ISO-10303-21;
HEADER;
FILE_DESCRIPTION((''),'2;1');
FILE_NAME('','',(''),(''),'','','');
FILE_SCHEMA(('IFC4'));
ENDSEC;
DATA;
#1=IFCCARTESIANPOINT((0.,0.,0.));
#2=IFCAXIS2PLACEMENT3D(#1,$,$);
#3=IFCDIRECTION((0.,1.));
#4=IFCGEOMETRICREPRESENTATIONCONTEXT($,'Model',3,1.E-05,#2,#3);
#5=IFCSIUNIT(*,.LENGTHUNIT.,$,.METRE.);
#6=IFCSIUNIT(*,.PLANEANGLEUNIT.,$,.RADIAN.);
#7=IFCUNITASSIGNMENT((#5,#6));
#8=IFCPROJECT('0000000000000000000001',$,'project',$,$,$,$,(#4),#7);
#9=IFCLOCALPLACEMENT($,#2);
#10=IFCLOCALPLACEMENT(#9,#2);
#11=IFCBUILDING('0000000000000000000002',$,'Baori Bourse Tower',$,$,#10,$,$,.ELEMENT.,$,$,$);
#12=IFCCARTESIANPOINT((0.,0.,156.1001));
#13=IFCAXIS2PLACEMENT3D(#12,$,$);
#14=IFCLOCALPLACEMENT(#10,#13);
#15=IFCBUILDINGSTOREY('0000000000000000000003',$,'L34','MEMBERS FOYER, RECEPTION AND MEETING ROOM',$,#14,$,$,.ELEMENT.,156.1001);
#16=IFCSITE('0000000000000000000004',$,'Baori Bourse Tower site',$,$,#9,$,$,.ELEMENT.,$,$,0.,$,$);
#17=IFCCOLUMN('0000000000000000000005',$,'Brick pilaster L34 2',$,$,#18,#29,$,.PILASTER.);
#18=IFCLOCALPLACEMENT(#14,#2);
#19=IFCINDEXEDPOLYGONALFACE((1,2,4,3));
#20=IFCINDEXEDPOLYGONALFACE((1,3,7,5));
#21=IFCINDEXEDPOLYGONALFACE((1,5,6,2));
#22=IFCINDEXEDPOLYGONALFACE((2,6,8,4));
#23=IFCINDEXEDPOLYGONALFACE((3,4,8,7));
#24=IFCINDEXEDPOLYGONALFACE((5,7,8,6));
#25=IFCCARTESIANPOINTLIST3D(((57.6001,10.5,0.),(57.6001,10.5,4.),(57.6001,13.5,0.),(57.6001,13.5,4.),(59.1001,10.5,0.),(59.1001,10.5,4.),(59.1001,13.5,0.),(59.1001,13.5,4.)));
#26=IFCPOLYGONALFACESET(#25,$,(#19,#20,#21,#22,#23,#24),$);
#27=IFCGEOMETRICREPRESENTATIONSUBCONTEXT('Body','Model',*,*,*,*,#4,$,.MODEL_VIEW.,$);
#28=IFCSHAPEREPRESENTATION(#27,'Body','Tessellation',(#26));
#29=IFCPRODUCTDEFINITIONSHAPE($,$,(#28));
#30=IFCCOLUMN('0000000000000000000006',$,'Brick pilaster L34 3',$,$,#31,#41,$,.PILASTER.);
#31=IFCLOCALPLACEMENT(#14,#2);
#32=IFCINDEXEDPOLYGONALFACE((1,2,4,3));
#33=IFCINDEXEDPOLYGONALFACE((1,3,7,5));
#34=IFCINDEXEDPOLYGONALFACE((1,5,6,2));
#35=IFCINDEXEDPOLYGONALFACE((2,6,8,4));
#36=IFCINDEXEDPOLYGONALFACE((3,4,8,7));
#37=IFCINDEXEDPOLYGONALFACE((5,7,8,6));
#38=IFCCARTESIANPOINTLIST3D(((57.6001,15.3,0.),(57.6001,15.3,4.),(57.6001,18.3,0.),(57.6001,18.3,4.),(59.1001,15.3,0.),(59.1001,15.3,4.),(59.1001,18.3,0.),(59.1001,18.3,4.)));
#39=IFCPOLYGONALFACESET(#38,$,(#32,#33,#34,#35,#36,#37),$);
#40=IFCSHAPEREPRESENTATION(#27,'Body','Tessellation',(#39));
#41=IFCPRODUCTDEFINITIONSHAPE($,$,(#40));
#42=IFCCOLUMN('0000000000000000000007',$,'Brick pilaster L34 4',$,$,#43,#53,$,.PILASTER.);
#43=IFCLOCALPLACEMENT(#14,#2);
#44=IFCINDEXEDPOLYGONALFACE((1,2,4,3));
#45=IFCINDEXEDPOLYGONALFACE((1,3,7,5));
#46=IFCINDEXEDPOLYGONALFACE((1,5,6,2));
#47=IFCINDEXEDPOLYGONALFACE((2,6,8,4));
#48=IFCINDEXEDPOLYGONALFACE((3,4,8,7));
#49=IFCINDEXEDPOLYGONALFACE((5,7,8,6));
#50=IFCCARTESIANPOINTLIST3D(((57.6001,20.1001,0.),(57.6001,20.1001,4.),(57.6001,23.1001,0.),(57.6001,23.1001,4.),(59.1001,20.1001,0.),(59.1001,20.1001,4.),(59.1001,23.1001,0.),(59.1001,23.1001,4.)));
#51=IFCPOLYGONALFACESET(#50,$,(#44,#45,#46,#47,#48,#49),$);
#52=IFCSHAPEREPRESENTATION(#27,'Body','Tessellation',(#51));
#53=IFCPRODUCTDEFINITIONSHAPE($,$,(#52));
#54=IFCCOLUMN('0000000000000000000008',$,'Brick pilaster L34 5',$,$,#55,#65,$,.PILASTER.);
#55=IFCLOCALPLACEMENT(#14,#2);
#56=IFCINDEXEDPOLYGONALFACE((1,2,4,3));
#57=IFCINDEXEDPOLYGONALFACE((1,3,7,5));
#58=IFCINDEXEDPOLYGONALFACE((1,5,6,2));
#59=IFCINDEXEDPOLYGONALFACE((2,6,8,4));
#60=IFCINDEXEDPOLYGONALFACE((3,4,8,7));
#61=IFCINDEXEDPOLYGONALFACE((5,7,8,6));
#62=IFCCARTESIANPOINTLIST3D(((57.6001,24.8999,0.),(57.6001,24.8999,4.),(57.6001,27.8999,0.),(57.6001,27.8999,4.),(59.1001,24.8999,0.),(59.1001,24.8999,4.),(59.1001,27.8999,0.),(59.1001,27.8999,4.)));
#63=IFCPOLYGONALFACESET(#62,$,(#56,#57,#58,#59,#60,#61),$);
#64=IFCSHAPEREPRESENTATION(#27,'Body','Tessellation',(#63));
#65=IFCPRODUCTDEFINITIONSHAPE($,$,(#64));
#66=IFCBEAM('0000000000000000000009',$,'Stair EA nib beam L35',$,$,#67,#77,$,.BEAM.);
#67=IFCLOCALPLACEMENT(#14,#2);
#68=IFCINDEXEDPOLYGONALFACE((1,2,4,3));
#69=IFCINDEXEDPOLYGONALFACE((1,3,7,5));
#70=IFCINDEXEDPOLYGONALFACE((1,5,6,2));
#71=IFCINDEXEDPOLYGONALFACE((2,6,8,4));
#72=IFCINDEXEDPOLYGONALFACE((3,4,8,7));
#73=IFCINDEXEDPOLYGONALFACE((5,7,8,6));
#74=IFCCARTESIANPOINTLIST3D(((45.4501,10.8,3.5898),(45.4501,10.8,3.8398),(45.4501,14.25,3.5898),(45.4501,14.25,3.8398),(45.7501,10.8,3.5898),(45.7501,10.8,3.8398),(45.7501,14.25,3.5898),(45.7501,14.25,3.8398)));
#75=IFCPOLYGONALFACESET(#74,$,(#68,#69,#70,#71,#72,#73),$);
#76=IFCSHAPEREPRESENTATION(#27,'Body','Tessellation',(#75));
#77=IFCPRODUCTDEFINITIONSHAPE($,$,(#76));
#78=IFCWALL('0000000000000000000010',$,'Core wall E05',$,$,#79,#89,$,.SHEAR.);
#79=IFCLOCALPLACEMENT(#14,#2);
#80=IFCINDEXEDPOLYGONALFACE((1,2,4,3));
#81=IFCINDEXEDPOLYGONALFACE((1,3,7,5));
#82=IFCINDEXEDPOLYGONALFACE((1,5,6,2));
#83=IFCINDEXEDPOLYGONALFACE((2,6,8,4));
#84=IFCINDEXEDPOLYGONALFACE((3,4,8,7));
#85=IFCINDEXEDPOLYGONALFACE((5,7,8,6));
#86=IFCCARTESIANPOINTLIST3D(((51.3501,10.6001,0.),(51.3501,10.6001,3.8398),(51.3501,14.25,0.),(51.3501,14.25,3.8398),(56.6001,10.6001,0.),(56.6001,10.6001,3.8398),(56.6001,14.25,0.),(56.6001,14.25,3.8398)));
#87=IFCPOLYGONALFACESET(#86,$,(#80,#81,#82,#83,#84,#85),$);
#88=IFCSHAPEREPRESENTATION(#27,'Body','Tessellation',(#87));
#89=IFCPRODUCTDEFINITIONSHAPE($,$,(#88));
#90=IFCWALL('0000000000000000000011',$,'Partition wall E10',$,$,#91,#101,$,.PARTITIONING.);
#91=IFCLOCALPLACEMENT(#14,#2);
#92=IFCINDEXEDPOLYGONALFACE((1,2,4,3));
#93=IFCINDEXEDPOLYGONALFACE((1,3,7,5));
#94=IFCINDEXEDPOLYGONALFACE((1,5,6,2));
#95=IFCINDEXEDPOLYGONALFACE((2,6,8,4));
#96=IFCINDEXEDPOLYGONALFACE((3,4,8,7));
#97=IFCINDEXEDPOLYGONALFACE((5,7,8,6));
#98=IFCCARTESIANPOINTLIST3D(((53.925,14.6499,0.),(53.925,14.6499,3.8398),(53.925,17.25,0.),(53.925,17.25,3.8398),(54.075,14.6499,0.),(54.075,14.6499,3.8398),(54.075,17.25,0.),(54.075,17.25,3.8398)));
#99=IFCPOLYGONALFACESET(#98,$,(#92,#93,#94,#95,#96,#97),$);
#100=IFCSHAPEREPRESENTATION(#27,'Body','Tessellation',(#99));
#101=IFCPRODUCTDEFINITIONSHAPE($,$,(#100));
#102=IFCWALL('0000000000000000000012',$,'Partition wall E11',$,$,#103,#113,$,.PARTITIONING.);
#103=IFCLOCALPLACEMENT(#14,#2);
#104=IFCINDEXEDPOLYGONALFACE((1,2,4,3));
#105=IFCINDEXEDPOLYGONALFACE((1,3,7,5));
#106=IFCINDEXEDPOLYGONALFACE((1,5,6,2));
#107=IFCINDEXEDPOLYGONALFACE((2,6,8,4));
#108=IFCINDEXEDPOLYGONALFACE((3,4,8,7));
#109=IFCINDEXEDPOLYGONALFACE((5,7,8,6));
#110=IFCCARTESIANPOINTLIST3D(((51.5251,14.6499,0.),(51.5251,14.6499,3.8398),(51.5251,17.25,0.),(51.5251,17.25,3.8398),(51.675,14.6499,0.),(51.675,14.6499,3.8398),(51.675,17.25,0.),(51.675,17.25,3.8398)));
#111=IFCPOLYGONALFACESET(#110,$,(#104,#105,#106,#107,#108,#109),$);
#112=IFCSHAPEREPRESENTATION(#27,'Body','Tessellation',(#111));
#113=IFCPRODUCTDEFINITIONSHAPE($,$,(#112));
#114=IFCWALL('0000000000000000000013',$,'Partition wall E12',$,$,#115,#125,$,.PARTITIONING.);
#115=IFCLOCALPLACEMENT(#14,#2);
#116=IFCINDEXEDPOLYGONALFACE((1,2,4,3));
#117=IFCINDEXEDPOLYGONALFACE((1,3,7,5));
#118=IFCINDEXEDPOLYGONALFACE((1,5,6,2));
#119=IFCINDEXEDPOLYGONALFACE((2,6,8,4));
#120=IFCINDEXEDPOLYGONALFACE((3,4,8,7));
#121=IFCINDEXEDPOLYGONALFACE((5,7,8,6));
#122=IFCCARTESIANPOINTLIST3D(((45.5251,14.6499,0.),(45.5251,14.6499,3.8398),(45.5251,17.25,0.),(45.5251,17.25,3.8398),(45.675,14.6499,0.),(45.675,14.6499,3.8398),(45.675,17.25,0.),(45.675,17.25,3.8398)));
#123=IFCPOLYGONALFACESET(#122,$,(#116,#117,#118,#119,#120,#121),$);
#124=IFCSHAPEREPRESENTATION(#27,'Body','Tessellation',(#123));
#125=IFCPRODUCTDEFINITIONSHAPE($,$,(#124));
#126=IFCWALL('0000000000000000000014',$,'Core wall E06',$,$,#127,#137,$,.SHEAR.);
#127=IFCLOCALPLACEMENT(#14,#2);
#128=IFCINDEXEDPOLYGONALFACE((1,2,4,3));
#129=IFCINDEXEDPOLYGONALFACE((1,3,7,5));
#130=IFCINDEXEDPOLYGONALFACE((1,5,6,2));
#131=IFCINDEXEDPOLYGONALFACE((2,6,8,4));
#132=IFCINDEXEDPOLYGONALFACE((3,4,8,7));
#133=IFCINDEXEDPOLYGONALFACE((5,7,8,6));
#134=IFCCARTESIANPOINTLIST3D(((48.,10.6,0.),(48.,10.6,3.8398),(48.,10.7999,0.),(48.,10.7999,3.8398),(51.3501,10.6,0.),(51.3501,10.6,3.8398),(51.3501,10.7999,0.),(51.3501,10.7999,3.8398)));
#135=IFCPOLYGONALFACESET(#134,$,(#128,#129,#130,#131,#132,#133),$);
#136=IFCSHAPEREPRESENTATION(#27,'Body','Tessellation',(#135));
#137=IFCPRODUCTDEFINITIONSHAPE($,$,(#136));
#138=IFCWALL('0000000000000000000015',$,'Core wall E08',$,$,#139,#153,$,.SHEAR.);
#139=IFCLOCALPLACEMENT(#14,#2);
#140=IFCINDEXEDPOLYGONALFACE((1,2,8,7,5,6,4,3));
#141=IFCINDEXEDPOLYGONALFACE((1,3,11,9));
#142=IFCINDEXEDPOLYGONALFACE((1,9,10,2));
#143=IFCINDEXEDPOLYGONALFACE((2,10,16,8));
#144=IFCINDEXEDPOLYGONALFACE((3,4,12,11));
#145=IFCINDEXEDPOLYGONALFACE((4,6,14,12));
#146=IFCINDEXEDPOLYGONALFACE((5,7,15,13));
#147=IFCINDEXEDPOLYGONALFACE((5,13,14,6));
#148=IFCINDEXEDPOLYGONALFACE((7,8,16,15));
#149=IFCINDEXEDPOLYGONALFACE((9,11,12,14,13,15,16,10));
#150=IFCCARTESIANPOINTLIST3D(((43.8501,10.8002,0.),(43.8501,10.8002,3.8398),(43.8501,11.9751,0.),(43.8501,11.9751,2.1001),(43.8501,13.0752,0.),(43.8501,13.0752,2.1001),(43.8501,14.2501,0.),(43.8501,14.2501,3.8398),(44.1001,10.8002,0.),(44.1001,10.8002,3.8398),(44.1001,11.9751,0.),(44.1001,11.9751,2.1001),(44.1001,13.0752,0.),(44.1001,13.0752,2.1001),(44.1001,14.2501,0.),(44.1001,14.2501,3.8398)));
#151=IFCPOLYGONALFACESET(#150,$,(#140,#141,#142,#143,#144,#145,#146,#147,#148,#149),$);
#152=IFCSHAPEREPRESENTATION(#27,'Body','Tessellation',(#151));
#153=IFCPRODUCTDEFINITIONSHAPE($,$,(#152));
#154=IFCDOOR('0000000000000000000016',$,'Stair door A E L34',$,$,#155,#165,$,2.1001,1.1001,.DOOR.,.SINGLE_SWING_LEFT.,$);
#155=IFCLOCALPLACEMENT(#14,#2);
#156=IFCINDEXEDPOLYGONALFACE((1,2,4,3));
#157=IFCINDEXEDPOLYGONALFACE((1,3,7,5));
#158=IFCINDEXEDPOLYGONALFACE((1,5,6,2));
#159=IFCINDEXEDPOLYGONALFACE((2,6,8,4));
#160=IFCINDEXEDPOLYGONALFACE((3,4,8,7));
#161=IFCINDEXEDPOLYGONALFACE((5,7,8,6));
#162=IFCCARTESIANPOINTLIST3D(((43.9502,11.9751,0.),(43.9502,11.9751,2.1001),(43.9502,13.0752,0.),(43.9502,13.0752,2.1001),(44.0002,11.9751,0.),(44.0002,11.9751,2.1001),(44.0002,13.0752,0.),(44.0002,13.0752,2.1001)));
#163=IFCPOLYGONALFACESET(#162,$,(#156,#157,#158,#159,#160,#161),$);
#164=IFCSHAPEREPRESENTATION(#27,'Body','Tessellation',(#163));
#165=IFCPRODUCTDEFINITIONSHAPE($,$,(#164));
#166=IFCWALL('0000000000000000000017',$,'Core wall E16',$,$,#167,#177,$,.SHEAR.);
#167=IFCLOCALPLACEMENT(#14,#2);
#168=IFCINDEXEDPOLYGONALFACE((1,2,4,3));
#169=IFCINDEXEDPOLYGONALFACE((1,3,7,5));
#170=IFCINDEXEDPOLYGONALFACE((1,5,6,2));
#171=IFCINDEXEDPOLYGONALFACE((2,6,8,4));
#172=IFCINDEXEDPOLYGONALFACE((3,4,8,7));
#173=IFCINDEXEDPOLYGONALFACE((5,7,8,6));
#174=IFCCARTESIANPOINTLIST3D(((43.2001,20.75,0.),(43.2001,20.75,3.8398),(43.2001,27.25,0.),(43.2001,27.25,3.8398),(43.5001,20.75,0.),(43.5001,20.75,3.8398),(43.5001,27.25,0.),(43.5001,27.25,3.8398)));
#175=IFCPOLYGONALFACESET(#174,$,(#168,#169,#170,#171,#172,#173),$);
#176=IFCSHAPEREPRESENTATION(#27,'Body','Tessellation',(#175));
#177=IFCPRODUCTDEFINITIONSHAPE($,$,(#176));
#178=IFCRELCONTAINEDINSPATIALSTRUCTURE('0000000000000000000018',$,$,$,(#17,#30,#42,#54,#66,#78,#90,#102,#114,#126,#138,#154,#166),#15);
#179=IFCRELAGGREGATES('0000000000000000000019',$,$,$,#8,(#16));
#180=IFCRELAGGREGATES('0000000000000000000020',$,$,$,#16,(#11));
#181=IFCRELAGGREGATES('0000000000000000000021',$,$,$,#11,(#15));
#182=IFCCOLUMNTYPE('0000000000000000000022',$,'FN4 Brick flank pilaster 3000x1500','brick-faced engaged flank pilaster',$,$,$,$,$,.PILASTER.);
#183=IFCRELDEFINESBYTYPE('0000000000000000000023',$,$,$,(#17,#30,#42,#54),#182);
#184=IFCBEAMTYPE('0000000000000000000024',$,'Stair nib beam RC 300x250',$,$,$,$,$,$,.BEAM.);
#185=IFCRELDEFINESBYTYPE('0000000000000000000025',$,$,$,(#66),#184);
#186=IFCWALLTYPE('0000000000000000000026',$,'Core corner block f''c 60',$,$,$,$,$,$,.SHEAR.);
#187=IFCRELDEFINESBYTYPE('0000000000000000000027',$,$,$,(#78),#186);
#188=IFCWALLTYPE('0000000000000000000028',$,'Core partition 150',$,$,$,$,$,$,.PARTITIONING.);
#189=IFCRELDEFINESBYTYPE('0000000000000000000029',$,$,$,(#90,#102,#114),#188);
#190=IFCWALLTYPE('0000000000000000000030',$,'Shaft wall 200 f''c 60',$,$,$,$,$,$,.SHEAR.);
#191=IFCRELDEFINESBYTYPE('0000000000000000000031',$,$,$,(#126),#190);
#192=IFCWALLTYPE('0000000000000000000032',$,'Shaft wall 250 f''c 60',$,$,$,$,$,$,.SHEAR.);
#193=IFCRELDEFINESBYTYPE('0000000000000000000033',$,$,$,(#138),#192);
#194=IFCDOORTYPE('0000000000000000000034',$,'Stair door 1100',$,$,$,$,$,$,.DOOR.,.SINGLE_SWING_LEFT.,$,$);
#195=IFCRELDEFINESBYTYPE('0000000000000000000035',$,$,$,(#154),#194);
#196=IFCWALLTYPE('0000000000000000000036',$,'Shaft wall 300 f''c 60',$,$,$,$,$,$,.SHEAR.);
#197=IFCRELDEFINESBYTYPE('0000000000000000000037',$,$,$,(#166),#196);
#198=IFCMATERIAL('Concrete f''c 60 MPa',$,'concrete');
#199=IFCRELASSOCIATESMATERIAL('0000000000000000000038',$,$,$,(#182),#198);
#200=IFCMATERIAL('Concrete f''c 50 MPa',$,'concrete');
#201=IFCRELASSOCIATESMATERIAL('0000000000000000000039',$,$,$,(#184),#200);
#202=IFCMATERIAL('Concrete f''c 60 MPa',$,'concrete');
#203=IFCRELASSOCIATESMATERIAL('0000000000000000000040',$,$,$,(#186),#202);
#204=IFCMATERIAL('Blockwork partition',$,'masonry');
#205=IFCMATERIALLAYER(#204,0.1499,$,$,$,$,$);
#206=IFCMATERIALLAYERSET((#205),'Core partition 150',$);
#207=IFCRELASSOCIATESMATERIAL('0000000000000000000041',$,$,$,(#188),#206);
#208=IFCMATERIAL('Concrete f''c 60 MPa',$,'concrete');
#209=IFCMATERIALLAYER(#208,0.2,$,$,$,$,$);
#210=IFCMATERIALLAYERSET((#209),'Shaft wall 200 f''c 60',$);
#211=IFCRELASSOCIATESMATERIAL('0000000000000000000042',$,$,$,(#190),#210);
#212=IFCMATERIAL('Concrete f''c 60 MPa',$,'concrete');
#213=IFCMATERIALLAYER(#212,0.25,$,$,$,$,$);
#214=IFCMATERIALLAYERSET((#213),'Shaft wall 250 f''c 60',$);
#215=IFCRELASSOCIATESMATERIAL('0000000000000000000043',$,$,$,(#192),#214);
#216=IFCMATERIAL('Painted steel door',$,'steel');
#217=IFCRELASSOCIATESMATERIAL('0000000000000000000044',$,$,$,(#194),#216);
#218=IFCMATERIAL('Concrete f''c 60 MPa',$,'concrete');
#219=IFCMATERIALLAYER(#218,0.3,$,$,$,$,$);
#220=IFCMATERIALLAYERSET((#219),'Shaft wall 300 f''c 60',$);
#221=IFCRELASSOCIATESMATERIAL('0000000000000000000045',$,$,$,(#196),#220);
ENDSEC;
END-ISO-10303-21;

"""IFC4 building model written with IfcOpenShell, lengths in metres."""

from ifc_helpers import new_model, si_unit, direction, frame, frame_2d, origin, origin_2d, place, context, subcontext, project, spatial, rectangle, extrude, material, layer, layer_set, material_profile, profile_set, type_object, element, fill, save


model = new_model("IFC4")

# Units and contexts
model_context = context("Model", 3, precision=1e-05, world=origin(), true_north=direction((0.0, 1.0)))
body_context = subcontext(model_context, "Body", "Model", "MODEL_VIEW")
ifc_project = project(units=[si_unit("LENGTHUNIT", "METRE"), si_unit("PLANEANGLEUNIT", "RADIAN")], contexts=[model_context])

# Site, building, storey
site_placement = place(None, origin())
site = spatial("IfcSite", under=ifc_project, at=site_placement, Name="Baori Bourse Tower site", CompositionType="ELEMENT", RefElevation=0.0)
building_placement = place(site_placement, origin())
building = spatial("IfcBuilding", under=site, at=building_placement, Name="Baori Bourse Tower", CompositionType="ELEMENT")
storey_placement = place(building_placement, frame((0.0, 0.0, 156.1001)))
storey = spatial("IfcBuildingStorey", under=building, at=storey_placement, Name="L34", Description="MEMBERS FOYER, RECEPTION AND MEETING ROOM", CompositionType="ELEMENT", Elevation=156.1001)

# Columns
ifc_material_1 = material(Name="Concrete f'c 60 MPa", Category="concrete")
ifc_material_profile_1 = material_profile(ifc_material_1, rectangle(XDim=3.0, YDim=1.5, at=origin_2d()), Name="RC 3000x1500")
ifc_profile_set_1 = profile_set([ifc_material_profile_1], Name="Concrete f'c 60 MPa")
column_type = type_object("IfcColumnType", Name="FN4 Brick flank pilaster 3000x1500", Description="brick-faced engaged flank pilaster", PredefinedType="PILASTER", material=ifc_profile_set_1)
for number, where, z_axis, x_axis, name in (
    (1, (58.3501, 12.0, 0.0), (0.0, 0.0, 1.0), (0.0, 1.0, 0.0), "Brick pilaster L34 2"),
    (2, (58.3501, 16.8, 0.0), (0.0, 0.0, 1.0), (0.0, 1.0, 0.0), "Brick pilaster L34 3"),
    (3, (58.3501, 21.6001, 0.0), (0.0, 0.0, 1.0), (0.0, 1.0, 0.0), "Brick pilaster L34 4"),
    (4, (58.3501, 26.3999, 0.0), (0.0, 0.0, 1.0), (0.0, 1.0, 0.0), "Brick pilaster L34 5"),
):
    element("IfcColumn", number, at=place(storey_placement, frame(where, z_axis=z_axis, x_axis=x_axis)), inside=storey, type_object=column_type, Name=name, PredefinedType="PILASTER", context=body_context, shape_type="SweptSolid", body=[
        extrude(rectangle(XDim=3.0, YDim=1.5, at=origin_2d()), origin(), (0.0, 0.0, 1.0), 4.0),
    ])

# Beam
ifc_material_2 = material(Name="Concrete f'c 50 MPa", Category="concrete")
ifc_material_profile_2 = material_profile(ifc_material_2, rectangle(XDim=0.3, YDim=0.25, at=origin_2d()), Name="RC 300x250")
ifc_profile_set_2 = profile_set([ifc_material_profile_2], Name="Concrete f'c 50 MPa")
beam_type = type_object("IfcBeamType", Name="Stair nib beam RC 300x250", PredefinedType="BEAM", material=ifc_profile_set_2)
beam_placement = place(storey_placement, frame((45.6001, 10.8, 3.7148), z_axis=(0.0, 1.0, 0.0), x_axis=(-1.0, 0.0, 0.0)))
element("IfcBeam", 5, at=beam_placement, inside=storey, type_object=beam_type, Name="Stair EA nib beam L35", PredefinedType="BEAM", context=body_context, shape_type="SweptSolid", body=[
    extrude(rectangle(XDim=0.3, YDim=0.25, at=origin_2d()), origin(), (0.0, 0.0, 1.0), 3.45),
])

# Walls
ifc_material_3 = material(Name="Concrete f'c 60 MPa", Category="concrete")
wall_type_1 = type_object("IfcWallType", Name="Core corner block f'c 60", PredefinedType="SHEAR", material=ifc_material_3)
wall_1_placement = place(storey_placement, frame((51.3501, 12.425, 0.0), z_axis=(0.0, 0.0, 1.0), x_axis=(1.0, 0.0, 0.0)))
element("IfcWall", 6, at=wall_1_placement, inside=storey, type_object=wall_type_1, Name="Core wall E05", PredefinedType="SHEAR", context=body_context, shape_type="SweptSolid", body=[
    extrude(rectangle(XDim=5.25, YDim=3.6499, at=frame_2d((2.625, 0.0))), origin(), (0.0, 0.0, 1.0), 3.8398),
])
ifc_material_4 = material(Name="Blockwork partition", Category="masonry")
ifc_layer_1 = layer(ifc_material_4, 0.1499)
ifc_layer_set_1 = layer_set([ifc_layer_1], Name="Core partition 150")
wall_type_2 = type_object("IfcWallType", Name="Core partition 150", PredefinedType="PARTITIONING", material=ifc_layer_set_1)
for number, where, z_axis, x_axis, name in (
    (7, (54.0, 14.6499, 0.0), (0.0, 0.0, 1.0), (0.0, 1.0, 0.0), "Partition wall E10"),
    (8, (51.6001, 14.6499, 0.0), (0.0, 0.0, 1.0), (0.0, 1.0, 0.0), "Partition wall E11"),
    (9, (45.6001, 14.6499, 0.0), (0.0, 0.0, 1.0), (0.0, 1.0, 0.0), "Partition wall E12"),
):
    element("IfcWall", number, at=place(storey_placement, frame(where, z_axis=z_axis, x_axis=x_axis)), inside=storey, type_object=wall_type_2, Name=name, PredefinedType="PARTITIONING", context=body_context, shape_type="SweptSolid", body=[
        extrude(rectangle(XDim=2.6001, YDim=0.1499, at=frame_2d((1.3, 0.0))), origin(), (0.0, 0.0, 1.0), 3.8398),
    ])
ifc_material_5 = material(Name="Concrete f'c 60 MPa", Category="concrete")
ifc_layer_2 = layer(ifc_material_5, 0.2)
ifc_layer_set_2 = layer_set([ifc_layer_2], Name="Shaft wall 200 f'c 60")
wall_type_3 = type_object("IfcWallType", Name="Shaft wall 200 f'c 60", PredefinedType="SHEAR", material=ifc_layer_set_2)
wall_2_placement = place(storey_placement, frame((48.0, 10.7, 0.0), z_axis=(0.0, 0.0, 1.0), x_axis=(1.0, 0.0, 0.0)))
element("IfcWall", 10, at=wall_2_placement, inside=storey, type_object=wall_type_3, Name="Core wall E06", PredefinedType="SHEAR", context=body_context, shape_type="SweptSolid", body=[
    extrude(rectangle(XDim=3.3501, YDim=0.2, at=frame_2d((1.675, 0.0))), origin(), (0.0, 0.0, 1.0), 3.8398),
])

# Wall, opening, door
ifc_material_6 = material(Name="Concrete f'c 60 MPa", Category="concrete")
ifc_layer_3 = layer(ifc_material_6, 0.25)
ifc_layer_set_3 = layer_set([ifc_layer_3], Name="Shaft wall 250 f'c 60")
wall_type_4 = type_object("IfcWallType", Name="Shaft wall 250 f'c 60", PredefinedType="SHEAR", material=ifc_layer_set_3)
wall_3_placement = place(storey_placement, frame((43.9751, 10.8, 0.0), z_axis=(0.0, 0.0, 1.0), x_axis=(0.0, 1.0, 0.0)))
wall_3 = element("IfcWall", 11, at=wall_3_placement, inside=storey, type_object=wall_type_4, Name="Core wall E08", PredefinedType="SHEAR", context=body_context, shape_type="SweptSolid", body=[
    extrude(rectangle(XDim=3.45, YDim=0.25, at=frame_2d((1.7251, 0.0))), origin(), (0.0, 0.0, 1.0), 3.8398),
])
opening_1_placement = place(wall_3_placement, frame((1.175, 0.0, 0.0)))
opening_1 = element("IfcOpeningElement", 12, at=opening_1_placement, cuts=wall_3, PredefinedType="OPENING", context=body_context, shape_type="SweptSolid", body=[
    extrude(rectangle(XDim=1.1001, YDim=2.1001, at=frame_2d((0.55, 1.05))), frame((0.0, 0.135, 0.0), z_axis=(0.0, -1.0, 0.0), x_axis=(1.0, 0.0, 0.0)), (0.0, 0.0, 1.0), 0.27),
])
ifc_material_7 = material(Name="Painted steel door", Category="steel")
door_type_1 = type_object("IfcDoorType", Name="Stair door 1100", OperationType="SINGLE_SWING_LEFT", PredefinedType="DOOR", material=ifc_material_7)
door_1_placement = place(opening_1_placement, origin())
door_1 = element("IfcDoor", 13, at=door_1_placement, inside=storey, type_object=door_type_1, Name="Stair door A E L34", OperationType="SINGLE_SWING_LEFT", OverallHeight=2.1001, OverallWidth=1.1001, PredefinedType="DOOR", context=body_context, shape_type="SweptSolid", body=[
    extrude(rectangle(XDim=1.1001, YDim=2.1001, at=frame_2d((0.55, 1.05))), frame((0.0, 0.0249, 0.0), z_axis=(0.0, -1.0, 0.0), x_axis=(1.0, 0.0, 0.0)), (0.0, 0.0, 1.0), 0.05),
])
fill(opening_1, door_1)

# Wall
ifc_material_8 = material(Name="Concrete f'c 60 MPa", Category="concrete")
ifc_layer_4 = layer(ifc_material_8, 0.3)
ifc_layer_set_4 = layer_set([ifc_layer_4], Name="Shaft wall 300 f'c 60")
wall_type_5 = type_object("IfcWallType", Name="Shaft wall 300 f'c 60", PredefinedType="SHEAR", material=ifc_layer_set_4)
wall_4_placement = place(storey_placement, frame((43.3501, 20.75, 0.0), z_axis=(0.0, 0.0, 1.0), x_axis=(0.0, 1.0, 0.0)))
element("IfcWall", 14, at=wall_4_placement, inside=storey, type_object=wall_type_5, Name="Core wall E16", PredefinedType="SHEAR", context=body_context, shape_type="SweptSolid", body=[
    extrude(rectangle(XDim=6.5, YDim=0.3, at=frame_2d((3.25, 0.0))), origin(), (0.0, 0.0, 1.0), 3.8398),
])

save(model, "model.ifc")
